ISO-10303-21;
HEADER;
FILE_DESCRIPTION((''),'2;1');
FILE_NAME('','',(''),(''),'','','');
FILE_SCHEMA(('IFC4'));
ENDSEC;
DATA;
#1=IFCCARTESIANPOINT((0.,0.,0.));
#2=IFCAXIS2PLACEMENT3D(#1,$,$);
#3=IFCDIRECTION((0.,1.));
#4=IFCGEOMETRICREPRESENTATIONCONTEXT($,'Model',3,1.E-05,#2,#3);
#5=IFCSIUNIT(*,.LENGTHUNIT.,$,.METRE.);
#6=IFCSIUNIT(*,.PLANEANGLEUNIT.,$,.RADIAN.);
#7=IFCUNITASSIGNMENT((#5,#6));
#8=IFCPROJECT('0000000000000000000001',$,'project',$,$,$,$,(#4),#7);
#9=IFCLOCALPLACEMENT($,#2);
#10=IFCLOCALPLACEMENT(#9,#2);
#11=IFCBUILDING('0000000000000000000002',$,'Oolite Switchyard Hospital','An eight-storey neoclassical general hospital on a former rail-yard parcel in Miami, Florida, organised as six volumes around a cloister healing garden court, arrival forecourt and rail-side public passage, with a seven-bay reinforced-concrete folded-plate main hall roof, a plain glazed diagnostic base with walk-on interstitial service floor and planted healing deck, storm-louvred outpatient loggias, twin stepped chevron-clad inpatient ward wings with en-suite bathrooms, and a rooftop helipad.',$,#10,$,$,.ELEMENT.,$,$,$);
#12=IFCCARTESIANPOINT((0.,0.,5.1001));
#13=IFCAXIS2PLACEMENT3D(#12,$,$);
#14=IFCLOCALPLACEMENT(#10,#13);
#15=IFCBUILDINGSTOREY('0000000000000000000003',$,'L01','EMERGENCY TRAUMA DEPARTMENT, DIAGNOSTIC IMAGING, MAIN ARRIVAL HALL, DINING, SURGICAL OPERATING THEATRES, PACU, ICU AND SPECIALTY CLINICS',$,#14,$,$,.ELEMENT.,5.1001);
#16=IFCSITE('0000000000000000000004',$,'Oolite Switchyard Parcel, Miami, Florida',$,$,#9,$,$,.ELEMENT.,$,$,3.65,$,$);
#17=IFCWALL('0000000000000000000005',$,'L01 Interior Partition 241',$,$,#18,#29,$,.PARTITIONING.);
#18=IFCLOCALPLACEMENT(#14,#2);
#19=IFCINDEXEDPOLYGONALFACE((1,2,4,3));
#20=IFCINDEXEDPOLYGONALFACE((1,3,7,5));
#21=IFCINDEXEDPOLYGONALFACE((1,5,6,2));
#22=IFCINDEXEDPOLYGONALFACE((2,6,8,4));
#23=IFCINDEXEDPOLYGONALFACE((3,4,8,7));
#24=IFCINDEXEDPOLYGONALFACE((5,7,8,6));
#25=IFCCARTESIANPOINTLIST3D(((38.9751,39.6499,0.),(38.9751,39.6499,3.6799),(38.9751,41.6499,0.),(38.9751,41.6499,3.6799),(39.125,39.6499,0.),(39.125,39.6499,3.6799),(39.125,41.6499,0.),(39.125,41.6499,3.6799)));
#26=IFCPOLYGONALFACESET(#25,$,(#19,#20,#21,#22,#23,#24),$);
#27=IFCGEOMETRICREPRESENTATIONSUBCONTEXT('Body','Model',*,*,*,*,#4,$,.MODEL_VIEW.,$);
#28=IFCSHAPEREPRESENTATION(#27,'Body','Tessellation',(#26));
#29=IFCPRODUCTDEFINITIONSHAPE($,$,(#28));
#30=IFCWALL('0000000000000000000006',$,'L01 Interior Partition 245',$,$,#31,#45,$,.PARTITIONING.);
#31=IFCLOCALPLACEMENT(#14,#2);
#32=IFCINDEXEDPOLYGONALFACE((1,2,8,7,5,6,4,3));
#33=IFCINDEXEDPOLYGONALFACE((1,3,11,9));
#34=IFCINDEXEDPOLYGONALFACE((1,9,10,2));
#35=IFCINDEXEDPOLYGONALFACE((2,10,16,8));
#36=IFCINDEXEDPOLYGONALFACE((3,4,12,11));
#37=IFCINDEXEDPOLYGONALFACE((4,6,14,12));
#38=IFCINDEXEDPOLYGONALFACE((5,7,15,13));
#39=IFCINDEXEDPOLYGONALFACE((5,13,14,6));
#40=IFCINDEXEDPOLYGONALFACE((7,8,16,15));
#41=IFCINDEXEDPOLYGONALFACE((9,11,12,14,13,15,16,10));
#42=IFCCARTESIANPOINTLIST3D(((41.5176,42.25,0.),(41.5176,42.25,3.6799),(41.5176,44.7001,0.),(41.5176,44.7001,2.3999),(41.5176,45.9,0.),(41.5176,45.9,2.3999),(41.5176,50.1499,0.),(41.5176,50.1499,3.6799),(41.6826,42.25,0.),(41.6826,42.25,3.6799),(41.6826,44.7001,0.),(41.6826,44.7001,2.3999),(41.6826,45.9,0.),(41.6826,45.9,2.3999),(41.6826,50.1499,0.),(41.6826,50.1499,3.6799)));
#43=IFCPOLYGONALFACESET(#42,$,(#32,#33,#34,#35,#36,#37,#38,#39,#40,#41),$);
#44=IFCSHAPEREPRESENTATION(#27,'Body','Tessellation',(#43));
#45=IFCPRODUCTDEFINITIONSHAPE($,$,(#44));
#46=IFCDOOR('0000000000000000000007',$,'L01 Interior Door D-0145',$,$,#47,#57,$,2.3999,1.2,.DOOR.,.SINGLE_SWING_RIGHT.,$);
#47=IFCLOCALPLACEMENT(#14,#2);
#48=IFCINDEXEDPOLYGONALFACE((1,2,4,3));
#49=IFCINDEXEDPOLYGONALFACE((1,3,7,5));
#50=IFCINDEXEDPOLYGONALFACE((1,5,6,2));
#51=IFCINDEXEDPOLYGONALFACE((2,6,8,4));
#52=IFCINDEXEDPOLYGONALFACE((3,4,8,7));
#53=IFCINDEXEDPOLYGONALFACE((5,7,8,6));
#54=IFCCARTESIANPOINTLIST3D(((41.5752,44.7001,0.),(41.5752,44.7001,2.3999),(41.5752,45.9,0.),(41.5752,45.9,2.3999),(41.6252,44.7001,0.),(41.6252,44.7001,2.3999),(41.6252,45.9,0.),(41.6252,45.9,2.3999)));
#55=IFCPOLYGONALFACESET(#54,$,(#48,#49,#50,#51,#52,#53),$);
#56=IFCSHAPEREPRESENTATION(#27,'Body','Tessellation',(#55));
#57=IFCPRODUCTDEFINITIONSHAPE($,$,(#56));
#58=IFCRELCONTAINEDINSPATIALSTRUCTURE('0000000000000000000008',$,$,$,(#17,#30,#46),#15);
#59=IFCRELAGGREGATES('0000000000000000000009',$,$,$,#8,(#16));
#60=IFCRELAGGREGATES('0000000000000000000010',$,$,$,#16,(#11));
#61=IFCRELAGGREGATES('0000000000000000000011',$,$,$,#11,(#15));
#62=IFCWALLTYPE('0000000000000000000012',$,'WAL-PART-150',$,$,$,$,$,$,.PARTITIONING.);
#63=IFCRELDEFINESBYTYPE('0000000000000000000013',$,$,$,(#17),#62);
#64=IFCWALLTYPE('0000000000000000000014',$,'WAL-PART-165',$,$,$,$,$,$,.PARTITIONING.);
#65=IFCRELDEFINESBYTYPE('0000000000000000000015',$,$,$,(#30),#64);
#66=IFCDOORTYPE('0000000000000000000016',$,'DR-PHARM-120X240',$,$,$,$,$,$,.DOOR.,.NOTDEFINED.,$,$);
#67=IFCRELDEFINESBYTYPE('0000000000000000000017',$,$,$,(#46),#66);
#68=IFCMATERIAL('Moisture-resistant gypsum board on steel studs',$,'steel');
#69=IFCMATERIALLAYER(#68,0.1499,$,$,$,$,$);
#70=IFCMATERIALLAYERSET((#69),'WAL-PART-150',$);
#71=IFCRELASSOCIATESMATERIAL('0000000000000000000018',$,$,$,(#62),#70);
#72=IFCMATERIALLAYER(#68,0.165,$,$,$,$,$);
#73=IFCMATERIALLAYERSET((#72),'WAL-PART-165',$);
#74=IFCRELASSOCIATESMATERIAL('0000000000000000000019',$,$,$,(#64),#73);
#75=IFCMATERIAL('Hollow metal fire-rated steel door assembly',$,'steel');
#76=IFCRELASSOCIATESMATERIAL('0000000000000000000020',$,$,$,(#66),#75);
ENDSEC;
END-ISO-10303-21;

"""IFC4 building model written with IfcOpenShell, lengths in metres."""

from ifc_helpers import new_model, si_unit, direction, frame, frame_2d, origin, place, context, subcontext, project, spatial, rectangle, extrude, material, layer, layer_set, type_object, element, fill, save


model = new_model("IFC4")

# Units and contexts
model_context = context("Model", 3, precision=1e-05, world=origin(), true_north=direction((0.0, 1.0)))
body_context = subcontext(model_context, "Body", "Model", "MODEL_VIEW")
ifc_project = project(units=[si_unit("LENGTHUNIT", "METRE"), si_unit("PLANEANGLEUNIT", "RADIAN")], contexts=[model_context])

# Site, building, storey
site_placement = place(None, origin())
site = spatial("IfcSite", under=ifc_project, at=site_placement, Name="Oolite Switchyard Parcel, Miami, Florida", CompositionType="ELEMENT", RefElevation=3.65)
building_placement = place(site_placement, origin())
building = spatial("IfcBuilding", under=site, at=building_placement, Name="Oolite Switchyard Hospital", Description="An eight-storey neoclassical general hospital on a former rail-yard parcel in Miami, Florida, organised as six volumes around a cloister healing garden court, arrival forecourt and rail-side public passage, with a seven-bay reinforced-concrete folded-plate main hall roof, a plain glazed diagnostic base with walk-on interstitial service floor and planted healing deck, storm-louvred outpatient loggias, twin stepped chevron-clad inpatient ward wings with en-suite bathrooms, and a rooftop helipad.", CompositionType="ELEMENT")
storey_placement = place(building_placement, frame((0.0, 0.0, 5.1001)))
storey = spatial("IfcBuildingStorey", under=building, at=storey_placement, Name="L01", Description="EMERGENCY TRAUMA DEPARTMENT, DIAGNOSTIC IMAGING, MAIN ARRIVAL HALL, DINING, SURGICAL OPERATING THEATRES, PACU, ICU AND SPECIALTY CLINICS", CompositionType="ELEMENT", Elevation=5.1001)

# Wall
ifc_material_1 = material(Name="Moisture-resistant gypsum board on steel studs", Category="steel")
ifc_layer_1 = layer(ifc_material_1, 0.1499)
ifc_layer_set_1 = layer_set([ifc_layer_1], Name="WAL-PART-150")
wall_type_1 = type_object("IfcWallType", Name="WAL-PART-150", PredefinedType="PARTITIONING", material=ifc_layer_set_1)
wall_1_placement = place(storey_placement, frame((39.05, 39.6499, 0.0), z_axis=(0.0, 0.0, 1.0), x_axis=(0.0, 1.0, 0.0)))
element("IfcWall", 1, at=wall_1_placement, inside=storey, type_object=wall_type_1, Name="L01 Interior Partition 241", PredefinedType="PARTITIONING", context=body_context, shape_type="SweptSolid", body=[
    extrude(rectangle(XDim=2.0, YDim=0.1499, at=frame_2d((1.0, 0.0))), origin(), (0.0, 0.0, 1.0), 3.6799),
])

# Wall, opening, door
ifc_layer_2 = layer(ifc_material_1, 0.165)
ifc_layer_set_2 = layer_set([ifc_layer_2], Name="WAL-PART-165")
wall_type_2 = type_object("IfcWallType", Name="WAL-PART-165", PredefinedType="PARTITIONING", material=ifc_layer_set_2)
wall_2_placement = place(storey_placement, frame((41.6001, 42.25, 0.0), z_axis=(0.0, 0.0, 1.0), x_axis=(0.0, 1.0, 0.0)))
wall_2 = element("IfcWall", 2, at=wall_2_placement, inside=storey, type_object=wall_type_2, Name="L01 Interior Partition 245", PredefinedType="PARTITIONING", context=body_context, shape_type="SweptSolid", body=[
    extrude(rectangle(XDim=7.8999, YDim=0.165, at=frame_2d((3.95, 0.0))), origin(), (0.0, 0.0, 1.0), 3.6799),
])
opening_placement = place(wall_2_placement, frame((2.45, 0.0, 0.0)))
opening = element("IfcOpeningElement", 3, at=opening_placement, cuts=wall_2, PredefinedType="OPENING", context=body_context, shape_type="SweptSolid", body=[
    extrude(rectangle(XDim=1.2, YDim=2.3999, at=frame_2d((0.6001, 1.2))), frame((0.0, 0.0925, 0.0), z_axis=(0.0, -1.0, 0.0), x_axis=(1.0, 0.0, 0.0)), (0.0, 0.0, 1.0), 0.1851),
])
ifc_material_2 = material(Name="Hollow metal fire-rated steel door assembly", Category="steel")
door_type = type_object("IfcDoorType", Name="DR-PHARM-120X240", OperationType="NOTDEFINED", PredefinedType="DOOR", material=ifc_material_2)
door_placement = place(opening_placement, origin())
door = element("IfcDoor", 4, at=door_placement, inside=storey, type_object=door_type, Name="L01 Interior Door D-0145", OperationType="SINGLE_SWING_RIGHT", OverallHeight=2.3999, OverallWidth=1.2, PredefinedType="DOOR", context=body_context, shape_type="SweptSolid", body=[
    extrude(rectangle(XDim=1.2, YDim=2.3999, at=frame_2d((0.6001, 1.2))), frame((0.0, 0.0249, 0.0), z_axis=(0.0, -1.0, 0.0), x_axis=(1.0, 0.0, 0.0)), (0.0, 0.0, 1.0), 0.05),
])
fill(opening, door)

save(model, "model.ifc")
